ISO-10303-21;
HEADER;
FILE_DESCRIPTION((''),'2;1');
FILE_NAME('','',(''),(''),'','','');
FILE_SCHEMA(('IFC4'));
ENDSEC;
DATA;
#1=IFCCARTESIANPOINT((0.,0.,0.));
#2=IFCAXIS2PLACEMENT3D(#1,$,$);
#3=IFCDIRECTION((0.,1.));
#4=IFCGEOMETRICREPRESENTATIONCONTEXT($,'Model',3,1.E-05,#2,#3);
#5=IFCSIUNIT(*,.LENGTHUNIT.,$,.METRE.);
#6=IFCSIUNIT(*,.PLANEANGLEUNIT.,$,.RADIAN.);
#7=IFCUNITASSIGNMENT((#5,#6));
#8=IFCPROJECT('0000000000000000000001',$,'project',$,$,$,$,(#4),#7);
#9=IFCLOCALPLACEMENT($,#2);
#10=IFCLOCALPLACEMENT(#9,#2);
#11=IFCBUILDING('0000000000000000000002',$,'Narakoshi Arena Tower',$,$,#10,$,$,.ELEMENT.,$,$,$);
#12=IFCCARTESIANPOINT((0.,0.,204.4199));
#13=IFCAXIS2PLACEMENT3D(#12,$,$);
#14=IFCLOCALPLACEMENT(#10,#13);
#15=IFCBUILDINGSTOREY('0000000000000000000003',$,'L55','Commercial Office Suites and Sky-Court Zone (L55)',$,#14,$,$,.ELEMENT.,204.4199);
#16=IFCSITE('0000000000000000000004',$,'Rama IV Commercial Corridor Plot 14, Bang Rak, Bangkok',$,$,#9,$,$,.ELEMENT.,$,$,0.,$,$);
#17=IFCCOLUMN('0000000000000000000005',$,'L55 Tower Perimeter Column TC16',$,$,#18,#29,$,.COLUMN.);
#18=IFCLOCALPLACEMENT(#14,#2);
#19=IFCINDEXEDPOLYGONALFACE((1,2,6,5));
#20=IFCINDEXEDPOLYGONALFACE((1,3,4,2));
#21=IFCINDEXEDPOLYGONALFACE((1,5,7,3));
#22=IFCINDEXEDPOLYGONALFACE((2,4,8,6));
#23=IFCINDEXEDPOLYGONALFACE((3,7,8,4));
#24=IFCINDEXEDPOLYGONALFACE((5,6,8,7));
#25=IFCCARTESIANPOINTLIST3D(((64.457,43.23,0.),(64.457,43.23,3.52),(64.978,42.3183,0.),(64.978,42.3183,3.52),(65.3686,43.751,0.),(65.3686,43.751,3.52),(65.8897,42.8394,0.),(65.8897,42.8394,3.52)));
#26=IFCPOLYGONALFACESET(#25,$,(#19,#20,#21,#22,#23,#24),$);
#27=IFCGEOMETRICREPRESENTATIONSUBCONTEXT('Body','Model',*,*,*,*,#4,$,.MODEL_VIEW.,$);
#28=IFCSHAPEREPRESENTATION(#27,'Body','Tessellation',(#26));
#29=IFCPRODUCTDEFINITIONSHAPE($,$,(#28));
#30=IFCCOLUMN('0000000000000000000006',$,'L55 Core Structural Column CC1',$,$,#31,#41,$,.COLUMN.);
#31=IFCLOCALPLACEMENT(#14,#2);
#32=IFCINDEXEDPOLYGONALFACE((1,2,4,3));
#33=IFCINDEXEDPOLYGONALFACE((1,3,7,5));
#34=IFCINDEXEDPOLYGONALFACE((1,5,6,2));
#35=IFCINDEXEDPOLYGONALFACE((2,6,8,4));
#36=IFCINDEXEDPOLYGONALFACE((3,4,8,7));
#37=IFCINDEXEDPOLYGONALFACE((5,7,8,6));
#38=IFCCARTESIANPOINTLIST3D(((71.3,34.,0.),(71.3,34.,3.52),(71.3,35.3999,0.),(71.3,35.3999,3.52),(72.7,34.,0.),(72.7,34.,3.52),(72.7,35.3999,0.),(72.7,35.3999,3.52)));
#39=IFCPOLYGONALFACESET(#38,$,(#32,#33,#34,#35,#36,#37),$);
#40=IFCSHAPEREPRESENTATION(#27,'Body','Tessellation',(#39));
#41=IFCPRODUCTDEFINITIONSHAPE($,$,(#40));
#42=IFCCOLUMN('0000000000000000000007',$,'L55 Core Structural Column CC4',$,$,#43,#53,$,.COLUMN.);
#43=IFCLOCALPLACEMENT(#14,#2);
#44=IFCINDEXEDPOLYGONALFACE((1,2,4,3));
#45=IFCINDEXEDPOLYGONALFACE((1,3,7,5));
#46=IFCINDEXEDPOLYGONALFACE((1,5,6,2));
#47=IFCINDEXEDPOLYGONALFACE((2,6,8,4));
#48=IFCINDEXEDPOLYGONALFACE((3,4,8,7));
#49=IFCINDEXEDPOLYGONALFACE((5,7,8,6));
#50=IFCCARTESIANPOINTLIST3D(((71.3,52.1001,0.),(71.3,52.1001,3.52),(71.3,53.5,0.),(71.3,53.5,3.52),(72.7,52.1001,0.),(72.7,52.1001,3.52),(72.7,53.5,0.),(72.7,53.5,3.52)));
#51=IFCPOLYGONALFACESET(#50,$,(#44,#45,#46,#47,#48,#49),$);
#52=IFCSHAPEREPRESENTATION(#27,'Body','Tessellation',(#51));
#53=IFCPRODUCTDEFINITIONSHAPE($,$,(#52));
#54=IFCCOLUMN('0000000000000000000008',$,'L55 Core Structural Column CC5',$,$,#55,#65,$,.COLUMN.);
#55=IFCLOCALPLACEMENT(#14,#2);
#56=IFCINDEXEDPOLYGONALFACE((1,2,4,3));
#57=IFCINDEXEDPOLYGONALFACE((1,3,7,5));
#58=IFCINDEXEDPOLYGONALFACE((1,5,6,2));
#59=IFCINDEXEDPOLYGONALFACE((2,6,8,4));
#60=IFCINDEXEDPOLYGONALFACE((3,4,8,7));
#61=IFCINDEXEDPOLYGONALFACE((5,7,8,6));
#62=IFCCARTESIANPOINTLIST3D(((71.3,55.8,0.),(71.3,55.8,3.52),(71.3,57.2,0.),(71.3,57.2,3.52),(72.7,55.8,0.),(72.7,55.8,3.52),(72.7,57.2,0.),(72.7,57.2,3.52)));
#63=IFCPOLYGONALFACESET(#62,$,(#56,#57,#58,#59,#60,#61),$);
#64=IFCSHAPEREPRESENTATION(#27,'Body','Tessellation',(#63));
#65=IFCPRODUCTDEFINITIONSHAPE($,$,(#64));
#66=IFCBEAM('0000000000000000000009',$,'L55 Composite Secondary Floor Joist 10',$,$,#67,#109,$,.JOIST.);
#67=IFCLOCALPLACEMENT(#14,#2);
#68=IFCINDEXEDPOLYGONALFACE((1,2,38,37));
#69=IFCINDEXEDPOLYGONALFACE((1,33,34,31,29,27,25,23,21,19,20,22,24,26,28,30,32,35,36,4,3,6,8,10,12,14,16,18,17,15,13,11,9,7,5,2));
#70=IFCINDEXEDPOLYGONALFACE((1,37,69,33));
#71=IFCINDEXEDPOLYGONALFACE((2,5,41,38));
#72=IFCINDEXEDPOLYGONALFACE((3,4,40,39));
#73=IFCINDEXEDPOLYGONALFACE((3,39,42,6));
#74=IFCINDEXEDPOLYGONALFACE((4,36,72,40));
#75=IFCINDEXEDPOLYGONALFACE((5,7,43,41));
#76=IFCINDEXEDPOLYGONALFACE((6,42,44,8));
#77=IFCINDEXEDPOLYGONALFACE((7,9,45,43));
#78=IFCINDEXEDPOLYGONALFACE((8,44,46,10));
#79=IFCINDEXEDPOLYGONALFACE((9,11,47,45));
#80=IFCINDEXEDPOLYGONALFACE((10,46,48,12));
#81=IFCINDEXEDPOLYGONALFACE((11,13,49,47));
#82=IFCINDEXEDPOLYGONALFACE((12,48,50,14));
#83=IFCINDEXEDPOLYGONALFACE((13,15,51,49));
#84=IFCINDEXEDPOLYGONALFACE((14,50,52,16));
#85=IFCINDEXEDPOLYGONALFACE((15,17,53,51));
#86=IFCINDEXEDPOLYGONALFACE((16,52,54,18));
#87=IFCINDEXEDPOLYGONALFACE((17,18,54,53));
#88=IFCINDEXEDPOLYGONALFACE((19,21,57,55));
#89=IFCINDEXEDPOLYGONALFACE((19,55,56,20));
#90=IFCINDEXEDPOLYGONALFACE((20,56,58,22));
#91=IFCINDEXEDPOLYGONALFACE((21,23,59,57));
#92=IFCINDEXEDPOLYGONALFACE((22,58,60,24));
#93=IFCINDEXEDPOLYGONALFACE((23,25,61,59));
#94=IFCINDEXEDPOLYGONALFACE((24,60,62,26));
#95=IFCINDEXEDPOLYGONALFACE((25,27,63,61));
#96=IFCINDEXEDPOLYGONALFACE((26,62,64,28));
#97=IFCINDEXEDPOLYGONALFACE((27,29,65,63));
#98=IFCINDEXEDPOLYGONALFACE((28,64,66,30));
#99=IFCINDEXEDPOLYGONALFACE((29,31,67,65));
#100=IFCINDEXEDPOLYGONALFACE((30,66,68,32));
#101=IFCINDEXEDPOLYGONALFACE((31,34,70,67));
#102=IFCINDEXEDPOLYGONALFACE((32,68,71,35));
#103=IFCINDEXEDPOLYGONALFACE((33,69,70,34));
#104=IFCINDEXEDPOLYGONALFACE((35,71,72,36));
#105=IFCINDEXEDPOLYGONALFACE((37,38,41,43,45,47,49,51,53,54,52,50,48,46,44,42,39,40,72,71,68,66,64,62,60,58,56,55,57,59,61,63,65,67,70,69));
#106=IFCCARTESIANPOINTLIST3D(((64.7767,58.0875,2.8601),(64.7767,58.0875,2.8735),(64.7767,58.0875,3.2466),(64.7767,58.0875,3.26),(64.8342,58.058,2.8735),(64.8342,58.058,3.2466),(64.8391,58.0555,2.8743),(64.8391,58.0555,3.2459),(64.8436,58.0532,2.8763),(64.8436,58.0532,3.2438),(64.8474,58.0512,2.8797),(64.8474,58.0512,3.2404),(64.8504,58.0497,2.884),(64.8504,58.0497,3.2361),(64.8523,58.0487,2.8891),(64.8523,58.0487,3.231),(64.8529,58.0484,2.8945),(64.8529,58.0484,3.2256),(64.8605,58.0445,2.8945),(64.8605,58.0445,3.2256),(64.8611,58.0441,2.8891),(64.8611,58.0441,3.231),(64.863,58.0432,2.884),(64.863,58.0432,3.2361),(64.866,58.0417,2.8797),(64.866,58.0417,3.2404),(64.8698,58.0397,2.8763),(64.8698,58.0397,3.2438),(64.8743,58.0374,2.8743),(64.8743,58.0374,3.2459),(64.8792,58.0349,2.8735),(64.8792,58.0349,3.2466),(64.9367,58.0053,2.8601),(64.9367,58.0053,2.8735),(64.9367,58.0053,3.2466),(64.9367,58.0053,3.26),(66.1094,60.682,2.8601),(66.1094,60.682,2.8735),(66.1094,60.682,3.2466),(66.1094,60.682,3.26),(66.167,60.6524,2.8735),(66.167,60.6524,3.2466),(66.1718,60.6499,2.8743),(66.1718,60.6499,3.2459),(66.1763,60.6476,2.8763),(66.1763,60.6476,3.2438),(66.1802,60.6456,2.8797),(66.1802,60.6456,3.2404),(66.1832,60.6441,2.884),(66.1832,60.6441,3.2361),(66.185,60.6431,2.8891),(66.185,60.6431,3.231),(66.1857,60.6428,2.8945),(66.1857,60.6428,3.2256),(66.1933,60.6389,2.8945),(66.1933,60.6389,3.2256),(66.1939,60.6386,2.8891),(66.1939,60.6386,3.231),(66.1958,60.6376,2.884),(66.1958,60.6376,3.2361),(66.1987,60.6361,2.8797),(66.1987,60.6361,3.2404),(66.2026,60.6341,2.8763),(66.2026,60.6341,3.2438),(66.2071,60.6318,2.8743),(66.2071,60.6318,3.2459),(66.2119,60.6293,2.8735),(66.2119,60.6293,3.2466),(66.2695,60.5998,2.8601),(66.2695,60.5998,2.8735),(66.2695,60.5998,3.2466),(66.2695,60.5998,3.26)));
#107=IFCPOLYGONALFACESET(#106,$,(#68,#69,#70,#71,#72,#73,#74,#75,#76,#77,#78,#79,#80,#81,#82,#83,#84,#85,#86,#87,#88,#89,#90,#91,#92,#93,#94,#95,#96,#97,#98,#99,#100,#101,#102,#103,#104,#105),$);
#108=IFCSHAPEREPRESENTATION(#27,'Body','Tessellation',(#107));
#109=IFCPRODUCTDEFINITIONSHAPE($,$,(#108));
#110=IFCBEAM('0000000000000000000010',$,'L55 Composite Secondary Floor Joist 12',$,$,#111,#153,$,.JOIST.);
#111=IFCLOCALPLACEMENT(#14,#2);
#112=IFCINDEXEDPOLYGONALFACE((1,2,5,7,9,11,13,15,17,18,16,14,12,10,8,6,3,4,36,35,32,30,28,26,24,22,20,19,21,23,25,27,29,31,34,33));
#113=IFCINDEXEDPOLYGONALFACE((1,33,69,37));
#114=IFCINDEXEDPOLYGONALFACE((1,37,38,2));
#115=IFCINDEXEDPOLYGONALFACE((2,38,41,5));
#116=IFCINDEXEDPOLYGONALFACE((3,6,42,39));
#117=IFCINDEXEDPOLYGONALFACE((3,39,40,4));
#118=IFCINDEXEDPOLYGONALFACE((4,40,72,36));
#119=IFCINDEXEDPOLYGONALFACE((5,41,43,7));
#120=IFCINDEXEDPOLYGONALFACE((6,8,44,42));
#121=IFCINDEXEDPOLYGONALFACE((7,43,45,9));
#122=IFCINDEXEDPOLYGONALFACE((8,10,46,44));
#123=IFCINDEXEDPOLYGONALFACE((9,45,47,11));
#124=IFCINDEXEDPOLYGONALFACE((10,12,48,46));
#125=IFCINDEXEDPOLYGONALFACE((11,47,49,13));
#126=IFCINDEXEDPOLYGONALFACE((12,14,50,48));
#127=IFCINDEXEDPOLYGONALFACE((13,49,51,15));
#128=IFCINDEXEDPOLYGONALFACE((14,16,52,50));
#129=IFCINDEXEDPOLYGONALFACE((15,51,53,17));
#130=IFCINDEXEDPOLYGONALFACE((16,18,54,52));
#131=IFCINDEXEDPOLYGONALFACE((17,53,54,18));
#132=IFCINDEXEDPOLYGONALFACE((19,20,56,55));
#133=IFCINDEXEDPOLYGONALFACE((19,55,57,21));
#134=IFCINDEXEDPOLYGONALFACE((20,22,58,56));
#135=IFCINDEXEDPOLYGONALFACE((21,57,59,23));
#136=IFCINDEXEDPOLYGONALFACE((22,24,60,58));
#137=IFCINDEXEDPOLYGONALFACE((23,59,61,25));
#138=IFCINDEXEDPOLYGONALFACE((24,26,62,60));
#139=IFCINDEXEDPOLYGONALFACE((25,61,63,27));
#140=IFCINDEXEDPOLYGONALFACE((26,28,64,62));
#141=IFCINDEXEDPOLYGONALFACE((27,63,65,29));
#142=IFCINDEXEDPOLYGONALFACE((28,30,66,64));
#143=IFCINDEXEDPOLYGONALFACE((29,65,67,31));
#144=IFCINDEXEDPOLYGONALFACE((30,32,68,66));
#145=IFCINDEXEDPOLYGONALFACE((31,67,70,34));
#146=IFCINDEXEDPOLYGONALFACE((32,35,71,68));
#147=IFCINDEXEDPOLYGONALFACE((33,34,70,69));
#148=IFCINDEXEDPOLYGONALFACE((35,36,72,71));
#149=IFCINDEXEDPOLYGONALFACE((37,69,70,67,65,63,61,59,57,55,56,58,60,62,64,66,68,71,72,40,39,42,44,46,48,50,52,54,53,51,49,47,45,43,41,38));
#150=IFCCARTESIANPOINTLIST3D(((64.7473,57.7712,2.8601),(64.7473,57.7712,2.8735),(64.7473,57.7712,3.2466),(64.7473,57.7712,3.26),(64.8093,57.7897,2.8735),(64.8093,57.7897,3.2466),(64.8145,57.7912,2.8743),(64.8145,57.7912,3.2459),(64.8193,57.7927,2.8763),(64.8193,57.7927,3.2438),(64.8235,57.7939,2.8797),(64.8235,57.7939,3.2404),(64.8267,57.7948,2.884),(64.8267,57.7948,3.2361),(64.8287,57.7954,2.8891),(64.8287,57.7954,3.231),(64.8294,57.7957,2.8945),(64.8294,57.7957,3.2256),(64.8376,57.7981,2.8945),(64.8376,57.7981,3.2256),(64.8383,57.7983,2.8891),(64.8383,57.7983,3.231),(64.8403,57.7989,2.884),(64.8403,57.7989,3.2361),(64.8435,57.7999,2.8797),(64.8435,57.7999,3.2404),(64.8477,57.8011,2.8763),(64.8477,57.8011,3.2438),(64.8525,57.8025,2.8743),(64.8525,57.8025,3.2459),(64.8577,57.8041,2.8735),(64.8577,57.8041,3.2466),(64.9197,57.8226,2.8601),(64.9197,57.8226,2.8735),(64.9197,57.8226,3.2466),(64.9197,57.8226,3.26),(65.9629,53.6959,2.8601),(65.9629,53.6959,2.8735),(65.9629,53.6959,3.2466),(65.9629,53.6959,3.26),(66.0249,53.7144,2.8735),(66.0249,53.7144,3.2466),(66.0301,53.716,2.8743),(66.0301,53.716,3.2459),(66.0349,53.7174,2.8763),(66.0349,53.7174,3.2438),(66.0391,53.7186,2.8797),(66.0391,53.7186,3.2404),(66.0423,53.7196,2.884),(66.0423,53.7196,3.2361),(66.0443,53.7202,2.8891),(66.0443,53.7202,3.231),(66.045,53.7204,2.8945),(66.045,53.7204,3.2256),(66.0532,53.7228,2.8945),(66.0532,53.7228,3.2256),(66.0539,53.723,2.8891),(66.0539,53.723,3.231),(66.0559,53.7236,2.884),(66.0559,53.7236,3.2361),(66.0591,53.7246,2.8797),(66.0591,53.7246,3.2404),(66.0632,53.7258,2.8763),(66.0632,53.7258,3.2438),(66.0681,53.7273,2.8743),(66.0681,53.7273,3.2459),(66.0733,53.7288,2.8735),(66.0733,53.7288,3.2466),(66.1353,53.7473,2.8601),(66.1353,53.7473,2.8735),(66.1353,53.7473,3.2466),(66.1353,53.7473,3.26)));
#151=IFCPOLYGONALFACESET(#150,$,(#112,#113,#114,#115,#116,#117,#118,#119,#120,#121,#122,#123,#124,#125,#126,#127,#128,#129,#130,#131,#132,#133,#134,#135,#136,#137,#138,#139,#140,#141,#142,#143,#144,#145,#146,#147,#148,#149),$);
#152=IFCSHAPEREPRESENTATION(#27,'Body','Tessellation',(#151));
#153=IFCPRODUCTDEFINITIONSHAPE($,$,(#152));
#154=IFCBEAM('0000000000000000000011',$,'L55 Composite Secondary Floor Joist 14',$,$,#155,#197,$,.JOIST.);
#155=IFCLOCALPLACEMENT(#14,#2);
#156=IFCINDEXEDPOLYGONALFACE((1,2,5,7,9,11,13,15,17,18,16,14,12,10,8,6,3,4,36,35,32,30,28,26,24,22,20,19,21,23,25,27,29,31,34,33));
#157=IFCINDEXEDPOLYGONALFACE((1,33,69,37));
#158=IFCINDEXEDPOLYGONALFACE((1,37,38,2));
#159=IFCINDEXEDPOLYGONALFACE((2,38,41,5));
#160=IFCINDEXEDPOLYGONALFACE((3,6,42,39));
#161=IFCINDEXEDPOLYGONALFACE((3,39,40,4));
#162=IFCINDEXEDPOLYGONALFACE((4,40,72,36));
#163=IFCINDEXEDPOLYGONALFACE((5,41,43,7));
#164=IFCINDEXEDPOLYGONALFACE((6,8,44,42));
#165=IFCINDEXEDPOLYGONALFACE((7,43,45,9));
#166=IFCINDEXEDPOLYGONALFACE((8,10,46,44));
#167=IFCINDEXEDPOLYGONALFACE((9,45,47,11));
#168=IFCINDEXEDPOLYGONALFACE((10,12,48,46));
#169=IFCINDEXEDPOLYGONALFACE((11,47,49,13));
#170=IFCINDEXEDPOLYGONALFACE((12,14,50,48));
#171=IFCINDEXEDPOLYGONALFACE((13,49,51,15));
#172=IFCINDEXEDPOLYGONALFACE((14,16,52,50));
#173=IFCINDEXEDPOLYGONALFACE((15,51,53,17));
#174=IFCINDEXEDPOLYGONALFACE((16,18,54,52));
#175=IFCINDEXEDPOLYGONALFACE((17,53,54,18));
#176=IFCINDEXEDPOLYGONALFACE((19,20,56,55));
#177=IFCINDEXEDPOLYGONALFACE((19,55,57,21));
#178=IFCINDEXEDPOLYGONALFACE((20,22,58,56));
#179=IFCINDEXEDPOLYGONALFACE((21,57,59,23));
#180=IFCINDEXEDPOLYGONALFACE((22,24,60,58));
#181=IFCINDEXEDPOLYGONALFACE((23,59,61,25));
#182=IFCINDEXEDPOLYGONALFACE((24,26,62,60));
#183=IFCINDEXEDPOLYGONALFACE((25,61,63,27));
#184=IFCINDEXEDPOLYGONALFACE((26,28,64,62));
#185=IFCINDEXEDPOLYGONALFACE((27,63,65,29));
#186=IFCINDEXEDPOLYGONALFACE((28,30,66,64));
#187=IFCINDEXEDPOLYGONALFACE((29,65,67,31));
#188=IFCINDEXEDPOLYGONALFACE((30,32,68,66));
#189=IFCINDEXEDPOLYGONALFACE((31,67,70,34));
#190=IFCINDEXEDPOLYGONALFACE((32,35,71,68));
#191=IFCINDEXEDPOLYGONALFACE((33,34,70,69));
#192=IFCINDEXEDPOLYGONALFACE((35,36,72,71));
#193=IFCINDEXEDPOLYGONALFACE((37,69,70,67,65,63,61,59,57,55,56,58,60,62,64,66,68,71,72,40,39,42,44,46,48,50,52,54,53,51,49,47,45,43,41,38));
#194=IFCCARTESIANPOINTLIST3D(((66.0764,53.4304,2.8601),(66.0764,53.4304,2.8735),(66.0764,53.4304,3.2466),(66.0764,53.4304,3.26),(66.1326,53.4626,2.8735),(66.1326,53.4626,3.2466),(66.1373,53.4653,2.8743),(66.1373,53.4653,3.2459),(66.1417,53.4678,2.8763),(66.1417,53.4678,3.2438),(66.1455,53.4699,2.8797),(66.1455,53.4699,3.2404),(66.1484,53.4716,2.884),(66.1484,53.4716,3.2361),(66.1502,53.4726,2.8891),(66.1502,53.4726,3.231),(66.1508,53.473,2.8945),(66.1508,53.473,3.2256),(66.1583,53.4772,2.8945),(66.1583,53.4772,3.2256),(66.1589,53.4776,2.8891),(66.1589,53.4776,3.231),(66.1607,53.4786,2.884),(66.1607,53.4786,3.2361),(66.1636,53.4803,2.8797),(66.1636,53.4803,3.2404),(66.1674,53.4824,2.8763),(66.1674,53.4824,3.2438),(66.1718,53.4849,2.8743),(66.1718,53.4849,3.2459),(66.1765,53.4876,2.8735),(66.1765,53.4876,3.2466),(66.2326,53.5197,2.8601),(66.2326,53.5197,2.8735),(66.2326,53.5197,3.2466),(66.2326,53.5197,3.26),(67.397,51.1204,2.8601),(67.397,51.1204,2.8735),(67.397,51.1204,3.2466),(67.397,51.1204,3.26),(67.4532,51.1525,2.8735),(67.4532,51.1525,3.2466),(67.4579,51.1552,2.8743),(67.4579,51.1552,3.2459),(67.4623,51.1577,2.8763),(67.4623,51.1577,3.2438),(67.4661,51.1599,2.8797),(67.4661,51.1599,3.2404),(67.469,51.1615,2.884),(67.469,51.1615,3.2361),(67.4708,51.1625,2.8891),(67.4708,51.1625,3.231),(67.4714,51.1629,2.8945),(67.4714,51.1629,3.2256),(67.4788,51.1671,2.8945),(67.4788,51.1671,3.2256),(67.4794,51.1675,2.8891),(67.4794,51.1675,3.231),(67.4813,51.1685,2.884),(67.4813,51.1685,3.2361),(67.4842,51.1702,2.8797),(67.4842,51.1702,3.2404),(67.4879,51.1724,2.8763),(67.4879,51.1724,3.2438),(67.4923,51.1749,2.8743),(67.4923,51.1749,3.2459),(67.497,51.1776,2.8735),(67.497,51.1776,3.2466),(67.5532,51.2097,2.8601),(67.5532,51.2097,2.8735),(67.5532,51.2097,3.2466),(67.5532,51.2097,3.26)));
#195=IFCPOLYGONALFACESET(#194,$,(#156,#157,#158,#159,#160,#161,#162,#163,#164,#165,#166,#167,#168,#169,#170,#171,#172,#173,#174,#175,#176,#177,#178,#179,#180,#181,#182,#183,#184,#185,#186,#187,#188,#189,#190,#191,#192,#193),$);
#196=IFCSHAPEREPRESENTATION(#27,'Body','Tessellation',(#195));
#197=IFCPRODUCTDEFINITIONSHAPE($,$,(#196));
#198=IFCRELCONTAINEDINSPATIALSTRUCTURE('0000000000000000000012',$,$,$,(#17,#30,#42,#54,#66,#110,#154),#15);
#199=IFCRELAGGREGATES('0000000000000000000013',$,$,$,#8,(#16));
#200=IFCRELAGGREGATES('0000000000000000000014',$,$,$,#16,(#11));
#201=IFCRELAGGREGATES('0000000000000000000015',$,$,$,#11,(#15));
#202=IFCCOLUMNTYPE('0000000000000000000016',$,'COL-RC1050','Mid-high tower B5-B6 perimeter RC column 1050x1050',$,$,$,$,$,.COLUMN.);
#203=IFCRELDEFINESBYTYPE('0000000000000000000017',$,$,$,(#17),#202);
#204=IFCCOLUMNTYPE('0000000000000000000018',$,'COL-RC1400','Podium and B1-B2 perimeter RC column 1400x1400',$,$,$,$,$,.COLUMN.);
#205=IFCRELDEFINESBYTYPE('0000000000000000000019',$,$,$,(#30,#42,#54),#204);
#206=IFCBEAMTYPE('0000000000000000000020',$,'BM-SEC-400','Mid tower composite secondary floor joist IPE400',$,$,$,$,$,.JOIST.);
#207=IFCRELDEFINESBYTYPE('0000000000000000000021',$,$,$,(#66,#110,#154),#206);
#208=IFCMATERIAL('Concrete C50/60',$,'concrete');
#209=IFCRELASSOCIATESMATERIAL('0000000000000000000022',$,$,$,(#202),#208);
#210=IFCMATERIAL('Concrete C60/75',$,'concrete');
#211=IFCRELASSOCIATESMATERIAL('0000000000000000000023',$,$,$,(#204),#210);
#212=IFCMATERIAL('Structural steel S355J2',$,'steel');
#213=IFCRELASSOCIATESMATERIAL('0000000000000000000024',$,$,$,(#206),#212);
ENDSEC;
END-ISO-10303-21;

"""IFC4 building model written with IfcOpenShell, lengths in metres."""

from ifc_helpers import new_model, si_unit, direction, frame, origin, origin_2d, place, context, subcontext, project, spatial, rectangle, i_section, extrude, material, material_profile, profile_set, type_object, element, save


model = new_model("IFC4")

# Units and contexts
model_context = context("Model", 3, precision=1e-05, world=origin(), true_north=direction((0.0, 1.0)))
body_context = subcontext(model_context, "Body", "Model", "MODEL_VIEW")
ifc_project = project(units=[si_unit("LENGTHUNIT", "METRE"), si_unit("PLANEANGLEUNIT", "RADIAN")], contexts=[model_context])

# Site, building, storey
site_placement = place(None, origin())
site = spatial("IfcSite", under=ifc_project, at=site_placement, Name="Rama IV Commercial Corridor Plot 14, Bang Rak, Bangkok", CompositionType="ELEMENT", RefElevation=0.0)
building_placement = place(site_placement, origin())
building = spatial("IfcBuilding", under=site, at=building_placement, Name="Narakoshi Arena Tower", CompositionType="ELEMENT")
storey_placement = place(building_placement, frame((0.0, 0.0, 204.4199)))
storey = spatial("IfcBuildingStorey", under=building, at=storey_placement, Name="L55", Description="Commercial Office Suites and Sky-Court Zone (L55)", CompositionType="ELEMENT", Elevation=204.4199)

# Columns
ifc_material_1 = material(Name="Concrete C50/60", Category="concrete")
ifc_material_profile_1 = material_profile(ifc_material_1, rectangle(XDim=1.05, YDim=1.05, at=origin_2d()), Name="RC1050x1050")
ifc_profile_set_1 = profile_set([ifc_material_profile_1], Name="Concrete C50/60")
column_type_1 = type_object("IfcColumnType", Name="COL-RC1050", Description="Mid-high tower B5-B6 perimeter RC column 1050x1050", PredefinedType="COLUMN", material=ifc_profile_set_1)
column_placement = place(storey_placement, frame((65.1733, 43.0347, 0.0), z_axis=(0.0, 0.0, 1.0), x_axis=(-0.496217, 0.868199, 0.0)))
element("IfcColumn", 1, at=column_placement, inside=storey, type_object=column_type_1, Name="L55 Tower Perimeter Column TC16", PredefinedType="COLUMN", context=body_context, shape_type="SweptSolid", body=[
    extrude(rectangle(XDim=1.05, YDim=1.05, at=origin_2d()), origin(), (0.0, 0.0, 1.0), 3.52),
])
ifc_material_2 = material(Name="Concrete C60/75", Category="concrete")
ifc_material_profile_2 = material_profile(ifc_material_2, rectangle(XDim=1.3999, YDim=1.3999, at=origin_2d()), Name="RC1400x1400")
ifc_profile_set_2 = profile_set([ifc_material_profile_2], Name="Concrete C60/75")
column_type_2 = type_object("IfcColumnType", Name="COL-RC1400", Description="Podium and B1-B2 perimeter RC column 1400x1400", PredefinedType="COLUMN", material=ifc_profile_set_2)
for number, where, z_axis, x_axis, name in (
    (2, (72.0, 34.7, 0.0), (0.0, 0.0, 1.0), (1.0, 0.0, 0.0), "L55 Core Structural Column CC1"),
    (3, (72.0, 52.8, 0.0), (0.0, 0.0, 1.0), (1.0, 0.0, 0.0), "L55 Core Structural Column CC4"),
    (4, (72.0, 56.5, 0.0), (0.0, 0.0, 1.0), (1.0, 0.0, 0.0), "L55 Core Structural Column CC5"),
):
    element("IfcColumn", number, at=place(storey_placement, frame(where, z_axis=z_axis, x_axis=x_axis)), inside=storey, type_object=column_type_2, Name=name, PredefinedType="COLUMN", context=body_context, shape_type="SweptSolid", body=[
        extrude(rectangle(XDim=1.3999, YDim=1.3999, at=origin_2d()), origin(), (0.0, 0.0, 1.0), 3.52),
    ])

# Beams
ifc_material_3 = material(Name="Structural steel S355J2", Category="steel")
ifc_material_profile_3 = material_profile(ifc_material_3, i_section(OverallWidth=0.1799, OverallDepth=0.3999, WebThickness=0.0085, FlangeThickness=0.0134, FilletRadius=0.021, at=origin_2d()), Name="IPE400")
ifc_profile_set_3 = profile_set([ifc_material_profile_3], Name="Structural steel S355J2")
beam_type = type_object("IfcBeamType", Name="BM-SEC-400", Description="Mid tower composite secondary floor joist IPE400", PredefinedType="JOIST", material=ifc_profile_set_3)
beam_1_placement = place(storey_placement, frame((66.1895, 60.6409, 3.0601), z_axis=(-0.45693, -0.889503, 0.0), x_axis=(0.889503, -0.45693, 0.0)))
element("IfcBeam", 5, at=beam_1_placement, inside=storey, type_object=beam_type, Name="L55 Composite Secondary Floor Joist 10", PredefinedType="JOIST", context=body_context, shape_type="SweptSolid", body=[
    extrude(i_section(OverallWidth=0.1799, OverallDepth=0.3999, WebThickness=0.0085, FlangeThickness=0.0134, FilletRadius=0.021, at=origin_2d()), origin(), (0.0, 0.0, 1.0), 2.9167),
])
beam_2_placement = place(storey_placement, frame((64.8335, 57.7969, 3.0601), z_axis=(0.285841, -0.958277, 0.0), x_axis=(0.958277, 0.285841, 0.0)))
element("IfcBeam", 6, at=beam_2_placement, inside=storey, type_object=beam_type, Name="L55 Composite Secondary Floor Joist 12", PredefinedType="JOIST", context=body_context, shape_type="SweptSolid", body=[
    extrude(i_section(OverallWidth=0.1799, OverallDepth=0.3999, WebThickness=0.0085, FlangeThickness=0.0134, FilletRadius=0.021, at=origin_2d()), origin(), (0.0, 0.0, 1.0), 4.2527),
])
beam_3_placement = place(storey_placement, frame((66.1545, 53.4751, 3.0601), z_axis=(0.496287, -0.868158, 0.0), x_axis=(0.868158, 0.496287, 0.0)))
element("IfcBeam", 7, at=beam_3_placement, inside=storey, type_object=beam_type, Name="L55 Composite Secondary Floor Joist 14", PredefinedType="JOIST", context=body_context, shape_type="SweptSolid", body=[
    extrude(i_section(OverallWidth=0.1799, OverallDepth=0.3999, WebThickness=0.0085, FlangeThickness=0.0134, FilletRadius=0.021, at=origin_2d()), origin(), (0.0, 0.0, 1.0), 2.6609),
])

save(model, "model.ifc")
